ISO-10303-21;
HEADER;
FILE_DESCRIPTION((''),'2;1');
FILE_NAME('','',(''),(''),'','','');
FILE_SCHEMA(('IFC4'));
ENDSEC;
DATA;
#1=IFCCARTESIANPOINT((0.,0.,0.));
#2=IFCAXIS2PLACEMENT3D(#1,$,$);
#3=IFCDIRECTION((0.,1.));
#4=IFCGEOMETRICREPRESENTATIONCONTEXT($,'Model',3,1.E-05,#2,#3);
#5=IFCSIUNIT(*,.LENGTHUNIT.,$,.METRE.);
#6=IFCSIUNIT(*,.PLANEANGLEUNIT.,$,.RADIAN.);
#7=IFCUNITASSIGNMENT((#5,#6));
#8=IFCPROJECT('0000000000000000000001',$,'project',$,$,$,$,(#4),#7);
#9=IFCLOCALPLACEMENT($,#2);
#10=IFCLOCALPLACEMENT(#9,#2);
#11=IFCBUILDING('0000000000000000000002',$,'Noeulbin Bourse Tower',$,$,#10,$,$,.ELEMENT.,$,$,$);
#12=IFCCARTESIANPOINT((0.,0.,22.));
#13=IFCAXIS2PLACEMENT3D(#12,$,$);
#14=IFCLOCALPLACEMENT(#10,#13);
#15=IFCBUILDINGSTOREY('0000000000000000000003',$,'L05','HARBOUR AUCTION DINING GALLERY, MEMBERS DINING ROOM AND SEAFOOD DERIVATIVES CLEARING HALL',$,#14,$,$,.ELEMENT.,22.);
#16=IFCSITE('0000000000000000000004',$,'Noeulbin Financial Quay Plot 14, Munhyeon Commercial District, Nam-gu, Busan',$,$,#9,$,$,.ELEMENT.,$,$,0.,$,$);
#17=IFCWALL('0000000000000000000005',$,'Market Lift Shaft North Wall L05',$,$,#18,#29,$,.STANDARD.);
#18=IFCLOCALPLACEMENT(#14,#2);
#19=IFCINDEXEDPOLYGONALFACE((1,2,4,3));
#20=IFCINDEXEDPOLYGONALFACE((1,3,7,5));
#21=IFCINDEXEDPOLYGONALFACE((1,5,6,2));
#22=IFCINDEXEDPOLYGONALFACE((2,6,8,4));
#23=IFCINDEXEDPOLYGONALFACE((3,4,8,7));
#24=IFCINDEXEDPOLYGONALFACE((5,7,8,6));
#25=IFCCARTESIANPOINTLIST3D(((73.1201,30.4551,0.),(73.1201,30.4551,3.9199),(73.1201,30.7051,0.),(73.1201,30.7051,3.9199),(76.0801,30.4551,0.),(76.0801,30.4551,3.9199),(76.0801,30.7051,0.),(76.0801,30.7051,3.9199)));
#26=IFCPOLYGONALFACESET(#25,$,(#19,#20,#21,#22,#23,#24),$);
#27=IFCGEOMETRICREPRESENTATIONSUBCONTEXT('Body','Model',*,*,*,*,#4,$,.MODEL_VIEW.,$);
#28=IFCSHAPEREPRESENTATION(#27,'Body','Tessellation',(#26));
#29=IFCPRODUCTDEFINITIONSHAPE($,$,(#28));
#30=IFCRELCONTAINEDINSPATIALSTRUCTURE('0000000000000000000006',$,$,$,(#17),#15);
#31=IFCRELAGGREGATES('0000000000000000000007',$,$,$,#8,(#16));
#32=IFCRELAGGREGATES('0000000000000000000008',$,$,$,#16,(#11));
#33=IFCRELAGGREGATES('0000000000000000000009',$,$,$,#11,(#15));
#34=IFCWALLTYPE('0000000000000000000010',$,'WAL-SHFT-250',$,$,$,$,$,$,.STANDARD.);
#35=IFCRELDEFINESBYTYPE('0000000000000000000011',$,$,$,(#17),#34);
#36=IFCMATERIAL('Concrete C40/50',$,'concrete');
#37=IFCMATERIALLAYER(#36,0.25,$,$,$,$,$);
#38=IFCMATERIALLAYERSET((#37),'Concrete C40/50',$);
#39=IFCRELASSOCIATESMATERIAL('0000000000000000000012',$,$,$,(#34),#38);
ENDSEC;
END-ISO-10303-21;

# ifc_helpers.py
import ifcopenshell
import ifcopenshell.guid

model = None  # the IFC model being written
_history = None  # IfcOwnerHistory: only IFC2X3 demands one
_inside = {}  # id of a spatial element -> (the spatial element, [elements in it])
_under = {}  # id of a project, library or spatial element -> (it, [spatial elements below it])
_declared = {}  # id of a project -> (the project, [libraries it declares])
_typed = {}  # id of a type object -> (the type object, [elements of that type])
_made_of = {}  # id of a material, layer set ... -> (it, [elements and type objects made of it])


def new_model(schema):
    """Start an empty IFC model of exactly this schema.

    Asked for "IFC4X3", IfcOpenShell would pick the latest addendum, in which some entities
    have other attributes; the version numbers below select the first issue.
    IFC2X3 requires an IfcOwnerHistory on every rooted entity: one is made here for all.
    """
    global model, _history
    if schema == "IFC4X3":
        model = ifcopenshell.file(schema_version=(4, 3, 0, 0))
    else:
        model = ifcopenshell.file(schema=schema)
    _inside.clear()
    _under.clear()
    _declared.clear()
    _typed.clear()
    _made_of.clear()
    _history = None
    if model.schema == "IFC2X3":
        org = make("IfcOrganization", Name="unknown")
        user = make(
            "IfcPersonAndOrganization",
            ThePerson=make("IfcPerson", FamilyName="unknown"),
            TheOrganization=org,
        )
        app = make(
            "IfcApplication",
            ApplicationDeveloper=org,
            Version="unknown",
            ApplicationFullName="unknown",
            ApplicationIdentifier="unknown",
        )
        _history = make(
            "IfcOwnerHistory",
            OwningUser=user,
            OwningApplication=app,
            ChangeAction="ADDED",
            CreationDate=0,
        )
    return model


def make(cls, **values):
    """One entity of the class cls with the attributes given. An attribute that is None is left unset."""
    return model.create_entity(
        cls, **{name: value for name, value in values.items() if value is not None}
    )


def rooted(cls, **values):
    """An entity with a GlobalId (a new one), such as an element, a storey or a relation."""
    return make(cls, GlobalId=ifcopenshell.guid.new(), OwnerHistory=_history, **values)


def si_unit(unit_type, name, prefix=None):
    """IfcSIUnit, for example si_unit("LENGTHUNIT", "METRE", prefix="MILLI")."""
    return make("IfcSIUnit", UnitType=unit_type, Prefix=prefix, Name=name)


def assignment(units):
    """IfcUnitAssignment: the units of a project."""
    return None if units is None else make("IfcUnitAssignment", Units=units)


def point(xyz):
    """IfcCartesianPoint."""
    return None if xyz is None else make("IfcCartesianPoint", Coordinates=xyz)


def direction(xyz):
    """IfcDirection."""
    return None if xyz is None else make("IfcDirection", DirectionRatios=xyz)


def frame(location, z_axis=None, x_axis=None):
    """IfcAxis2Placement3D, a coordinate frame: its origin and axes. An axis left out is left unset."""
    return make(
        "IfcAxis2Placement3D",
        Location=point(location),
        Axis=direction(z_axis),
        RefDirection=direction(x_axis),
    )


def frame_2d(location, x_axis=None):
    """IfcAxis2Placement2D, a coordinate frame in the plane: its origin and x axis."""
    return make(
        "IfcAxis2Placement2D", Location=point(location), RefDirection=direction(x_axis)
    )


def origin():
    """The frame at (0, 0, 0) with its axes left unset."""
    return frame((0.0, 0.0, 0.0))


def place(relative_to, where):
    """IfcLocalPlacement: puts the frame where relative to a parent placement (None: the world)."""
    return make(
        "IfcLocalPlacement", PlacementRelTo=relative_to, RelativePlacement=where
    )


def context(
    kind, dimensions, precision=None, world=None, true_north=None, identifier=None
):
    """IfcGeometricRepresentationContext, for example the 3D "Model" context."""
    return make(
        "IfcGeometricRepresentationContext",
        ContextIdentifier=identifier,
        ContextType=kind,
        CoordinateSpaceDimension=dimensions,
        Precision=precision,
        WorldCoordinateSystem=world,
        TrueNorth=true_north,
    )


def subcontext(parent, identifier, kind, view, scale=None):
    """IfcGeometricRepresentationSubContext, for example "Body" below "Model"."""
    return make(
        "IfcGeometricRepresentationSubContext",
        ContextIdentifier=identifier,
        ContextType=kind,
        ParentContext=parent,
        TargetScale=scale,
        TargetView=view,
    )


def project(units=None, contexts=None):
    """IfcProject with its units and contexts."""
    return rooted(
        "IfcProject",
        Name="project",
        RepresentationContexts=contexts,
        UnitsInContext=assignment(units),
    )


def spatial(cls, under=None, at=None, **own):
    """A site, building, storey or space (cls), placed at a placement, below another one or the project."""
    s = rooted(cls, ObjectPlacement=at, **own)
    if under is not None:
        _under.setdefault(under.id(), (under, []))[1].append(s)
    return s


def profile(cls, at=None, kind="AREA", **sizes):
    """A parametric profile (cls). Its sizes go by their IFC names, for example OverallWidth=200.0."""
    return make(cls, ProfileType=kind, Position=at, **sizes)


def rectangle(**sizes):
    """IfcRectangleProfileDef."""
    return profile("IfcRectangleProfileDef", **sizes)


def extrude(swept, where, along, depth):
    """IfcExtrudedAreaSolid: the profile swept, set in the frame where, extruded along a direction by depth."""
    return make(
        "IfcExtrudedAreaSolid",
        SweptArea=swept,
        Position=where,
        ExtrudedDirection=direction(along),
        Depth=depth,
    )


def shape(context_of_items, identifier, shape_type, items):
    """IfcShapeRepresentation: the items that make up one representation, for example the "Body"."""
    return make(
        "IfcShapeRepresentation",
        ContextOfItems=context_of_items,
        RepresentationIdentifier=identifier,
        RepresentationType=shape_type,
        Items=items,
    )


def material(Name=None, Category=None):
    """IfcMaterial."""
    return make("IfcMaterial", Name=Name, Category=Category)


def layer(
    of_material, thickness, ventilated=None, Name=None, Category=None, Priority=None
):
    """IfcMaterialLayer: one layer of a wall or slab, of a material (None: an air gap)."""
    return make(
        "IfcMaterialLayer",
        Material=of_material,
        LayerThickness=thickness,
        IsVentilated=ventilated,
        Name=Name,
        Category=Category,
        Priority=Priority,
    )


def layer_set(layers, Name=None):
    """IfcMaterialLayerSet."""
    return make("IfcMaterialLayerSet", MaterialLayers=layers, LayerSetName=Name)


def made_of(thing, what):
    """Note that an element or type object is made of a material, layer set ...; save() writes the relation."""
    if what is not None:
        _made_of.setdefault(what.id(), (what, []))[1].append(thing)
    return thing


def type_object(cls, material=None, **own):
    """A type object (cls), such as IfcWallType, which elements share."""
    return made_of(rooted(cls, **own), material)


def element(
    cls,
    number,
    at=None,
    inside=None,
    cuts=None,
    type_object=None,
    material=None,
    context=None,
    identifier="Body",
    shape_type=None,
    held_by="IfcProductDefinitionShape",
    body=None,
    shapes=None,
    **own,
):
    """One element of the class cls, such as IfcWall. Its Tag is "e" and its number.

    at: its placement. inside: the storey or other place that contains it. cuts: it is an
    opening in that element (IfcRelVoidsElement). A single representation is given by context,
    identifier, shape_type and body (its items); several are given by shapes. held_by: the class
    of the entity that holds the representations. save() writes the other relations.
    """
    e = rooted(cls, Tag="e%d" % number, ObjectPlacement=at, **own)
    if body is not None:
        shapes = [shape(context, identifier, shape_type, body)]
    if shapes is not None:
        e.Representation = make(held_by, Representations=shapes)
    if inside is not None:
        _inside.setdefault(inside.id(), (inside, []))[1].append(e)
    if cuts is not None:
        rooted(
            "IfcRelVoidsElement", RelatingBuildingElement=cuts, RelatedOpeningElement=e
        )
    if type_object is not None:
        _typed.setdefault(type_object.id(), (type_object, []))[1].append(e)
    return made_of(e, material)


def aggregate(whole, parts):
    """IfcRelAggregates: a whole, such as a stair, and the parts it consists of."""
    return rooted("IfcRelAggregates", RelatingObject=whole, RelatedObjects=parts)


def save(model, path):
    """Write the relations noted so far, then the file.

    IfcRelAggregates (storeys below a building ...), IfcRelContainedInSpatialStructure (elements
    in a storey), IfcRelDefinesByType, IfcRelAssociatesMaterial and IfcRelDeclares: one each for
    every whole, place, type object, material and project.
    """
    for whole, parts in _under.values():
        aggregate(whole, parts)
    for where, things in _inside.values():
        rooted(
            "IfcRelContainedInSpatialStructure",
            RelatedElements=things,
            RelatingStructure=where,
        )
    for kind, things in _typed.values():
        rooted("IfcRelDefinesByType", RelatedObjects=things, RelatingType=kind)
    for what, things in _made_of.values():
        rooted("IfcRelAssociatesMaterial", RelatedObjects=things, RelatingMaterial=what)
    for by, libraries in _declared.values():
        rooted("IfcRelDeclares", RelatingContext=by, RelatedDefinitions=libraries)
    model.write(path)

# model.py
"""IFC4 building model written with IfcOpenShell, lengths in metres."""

from ifc_helpers import new_model, si_unit, direction, frame, frame_2d, origin, place, context, subcontext, project, spatial, rectangle, extrude, material, layer, layer_set, type_object, element, save


model = new_model("IFC4")

# Units and contexts
model_context = context("Model", 3, precision=1e-05, world=origin(), true_north=direction((0.0, 1.0)))
body_context = subcontext(model_context, "Body", "Model", "MODEL_VIEW")
ifc_project = project(units=[si_unit("LENGTHUNIT", "METRE"), si_unit("PLANEANGLEUNIT", "RADIAN")], contexts=[model_context])

# Site, building, storey
site_placement = place(None, origin())
site = spatial("IfcSite", under=ifc_project, at=site_placement, Name="Noeulbin Financial Quay Plot 14, Munhyeon Commercial District, Nam-gu, Busan", CompositionType="ELEMENT", RefElevation=0.0)
building_placement = place(site_placement, origin())
building = spatial("IfcBuilding", under=site, at=building_placement, Name="Noeulbin Bourse Tower", CompositionType="ELEMENT")
storey_placement = place(building_placement, frame((0.0, 0.0, 22.0)))
storey = spatial("IfcBuildingStorey", under=building, at=storey_placement, Name="L05", Description="HARBOUR AUCTION DINING GALLERY, MEMBERS DINING ROOM AND SEAFOOD DERIVATIVES CLEARING HALL", CompositionType="ELEMENT", Elevation=22.0)

# Shared definitions
ifc_material_1 = material(Name="Concrete C40/50", Category="concrete")
ifc_layer_1 = layer(ifc_material_1, 0.25)
ifc_layer_set_1 = layer_set([ifc_layer_1], Name="Concrete C40/50")
wall_type_1 = type_object("IfcWallType", Name="WAL-SHFT-250", PredefinedType="STANDARD", material=ifc_layer_set_1)

# Wall
for number, where, z_axis, x_axis, name in (
    (1, (73.1201, 30.5801, 0.0), (0.0, 0.0, 1.0), (1.0, 0.0, 0.0), "Market Lift Shaft North Wall L05"),
):
    element("IfcWall", number, at=place(storey_placement, frame(where, z_axis=z_axis, x_axis=x_axis)), inside=storey, type_object=wall_type_1, Name=name, PredefinedType="STANDARD", context=body_context, shape_type="SweptSolid", body=[
        extrude(rectangle(XDim=2.96, YDim=0.25, at=frame_2d((1.48, 0.0))), origin(), (0.0, 0.0, 1.0), 3.9199),
    ])

save(model, "model.ifc")
